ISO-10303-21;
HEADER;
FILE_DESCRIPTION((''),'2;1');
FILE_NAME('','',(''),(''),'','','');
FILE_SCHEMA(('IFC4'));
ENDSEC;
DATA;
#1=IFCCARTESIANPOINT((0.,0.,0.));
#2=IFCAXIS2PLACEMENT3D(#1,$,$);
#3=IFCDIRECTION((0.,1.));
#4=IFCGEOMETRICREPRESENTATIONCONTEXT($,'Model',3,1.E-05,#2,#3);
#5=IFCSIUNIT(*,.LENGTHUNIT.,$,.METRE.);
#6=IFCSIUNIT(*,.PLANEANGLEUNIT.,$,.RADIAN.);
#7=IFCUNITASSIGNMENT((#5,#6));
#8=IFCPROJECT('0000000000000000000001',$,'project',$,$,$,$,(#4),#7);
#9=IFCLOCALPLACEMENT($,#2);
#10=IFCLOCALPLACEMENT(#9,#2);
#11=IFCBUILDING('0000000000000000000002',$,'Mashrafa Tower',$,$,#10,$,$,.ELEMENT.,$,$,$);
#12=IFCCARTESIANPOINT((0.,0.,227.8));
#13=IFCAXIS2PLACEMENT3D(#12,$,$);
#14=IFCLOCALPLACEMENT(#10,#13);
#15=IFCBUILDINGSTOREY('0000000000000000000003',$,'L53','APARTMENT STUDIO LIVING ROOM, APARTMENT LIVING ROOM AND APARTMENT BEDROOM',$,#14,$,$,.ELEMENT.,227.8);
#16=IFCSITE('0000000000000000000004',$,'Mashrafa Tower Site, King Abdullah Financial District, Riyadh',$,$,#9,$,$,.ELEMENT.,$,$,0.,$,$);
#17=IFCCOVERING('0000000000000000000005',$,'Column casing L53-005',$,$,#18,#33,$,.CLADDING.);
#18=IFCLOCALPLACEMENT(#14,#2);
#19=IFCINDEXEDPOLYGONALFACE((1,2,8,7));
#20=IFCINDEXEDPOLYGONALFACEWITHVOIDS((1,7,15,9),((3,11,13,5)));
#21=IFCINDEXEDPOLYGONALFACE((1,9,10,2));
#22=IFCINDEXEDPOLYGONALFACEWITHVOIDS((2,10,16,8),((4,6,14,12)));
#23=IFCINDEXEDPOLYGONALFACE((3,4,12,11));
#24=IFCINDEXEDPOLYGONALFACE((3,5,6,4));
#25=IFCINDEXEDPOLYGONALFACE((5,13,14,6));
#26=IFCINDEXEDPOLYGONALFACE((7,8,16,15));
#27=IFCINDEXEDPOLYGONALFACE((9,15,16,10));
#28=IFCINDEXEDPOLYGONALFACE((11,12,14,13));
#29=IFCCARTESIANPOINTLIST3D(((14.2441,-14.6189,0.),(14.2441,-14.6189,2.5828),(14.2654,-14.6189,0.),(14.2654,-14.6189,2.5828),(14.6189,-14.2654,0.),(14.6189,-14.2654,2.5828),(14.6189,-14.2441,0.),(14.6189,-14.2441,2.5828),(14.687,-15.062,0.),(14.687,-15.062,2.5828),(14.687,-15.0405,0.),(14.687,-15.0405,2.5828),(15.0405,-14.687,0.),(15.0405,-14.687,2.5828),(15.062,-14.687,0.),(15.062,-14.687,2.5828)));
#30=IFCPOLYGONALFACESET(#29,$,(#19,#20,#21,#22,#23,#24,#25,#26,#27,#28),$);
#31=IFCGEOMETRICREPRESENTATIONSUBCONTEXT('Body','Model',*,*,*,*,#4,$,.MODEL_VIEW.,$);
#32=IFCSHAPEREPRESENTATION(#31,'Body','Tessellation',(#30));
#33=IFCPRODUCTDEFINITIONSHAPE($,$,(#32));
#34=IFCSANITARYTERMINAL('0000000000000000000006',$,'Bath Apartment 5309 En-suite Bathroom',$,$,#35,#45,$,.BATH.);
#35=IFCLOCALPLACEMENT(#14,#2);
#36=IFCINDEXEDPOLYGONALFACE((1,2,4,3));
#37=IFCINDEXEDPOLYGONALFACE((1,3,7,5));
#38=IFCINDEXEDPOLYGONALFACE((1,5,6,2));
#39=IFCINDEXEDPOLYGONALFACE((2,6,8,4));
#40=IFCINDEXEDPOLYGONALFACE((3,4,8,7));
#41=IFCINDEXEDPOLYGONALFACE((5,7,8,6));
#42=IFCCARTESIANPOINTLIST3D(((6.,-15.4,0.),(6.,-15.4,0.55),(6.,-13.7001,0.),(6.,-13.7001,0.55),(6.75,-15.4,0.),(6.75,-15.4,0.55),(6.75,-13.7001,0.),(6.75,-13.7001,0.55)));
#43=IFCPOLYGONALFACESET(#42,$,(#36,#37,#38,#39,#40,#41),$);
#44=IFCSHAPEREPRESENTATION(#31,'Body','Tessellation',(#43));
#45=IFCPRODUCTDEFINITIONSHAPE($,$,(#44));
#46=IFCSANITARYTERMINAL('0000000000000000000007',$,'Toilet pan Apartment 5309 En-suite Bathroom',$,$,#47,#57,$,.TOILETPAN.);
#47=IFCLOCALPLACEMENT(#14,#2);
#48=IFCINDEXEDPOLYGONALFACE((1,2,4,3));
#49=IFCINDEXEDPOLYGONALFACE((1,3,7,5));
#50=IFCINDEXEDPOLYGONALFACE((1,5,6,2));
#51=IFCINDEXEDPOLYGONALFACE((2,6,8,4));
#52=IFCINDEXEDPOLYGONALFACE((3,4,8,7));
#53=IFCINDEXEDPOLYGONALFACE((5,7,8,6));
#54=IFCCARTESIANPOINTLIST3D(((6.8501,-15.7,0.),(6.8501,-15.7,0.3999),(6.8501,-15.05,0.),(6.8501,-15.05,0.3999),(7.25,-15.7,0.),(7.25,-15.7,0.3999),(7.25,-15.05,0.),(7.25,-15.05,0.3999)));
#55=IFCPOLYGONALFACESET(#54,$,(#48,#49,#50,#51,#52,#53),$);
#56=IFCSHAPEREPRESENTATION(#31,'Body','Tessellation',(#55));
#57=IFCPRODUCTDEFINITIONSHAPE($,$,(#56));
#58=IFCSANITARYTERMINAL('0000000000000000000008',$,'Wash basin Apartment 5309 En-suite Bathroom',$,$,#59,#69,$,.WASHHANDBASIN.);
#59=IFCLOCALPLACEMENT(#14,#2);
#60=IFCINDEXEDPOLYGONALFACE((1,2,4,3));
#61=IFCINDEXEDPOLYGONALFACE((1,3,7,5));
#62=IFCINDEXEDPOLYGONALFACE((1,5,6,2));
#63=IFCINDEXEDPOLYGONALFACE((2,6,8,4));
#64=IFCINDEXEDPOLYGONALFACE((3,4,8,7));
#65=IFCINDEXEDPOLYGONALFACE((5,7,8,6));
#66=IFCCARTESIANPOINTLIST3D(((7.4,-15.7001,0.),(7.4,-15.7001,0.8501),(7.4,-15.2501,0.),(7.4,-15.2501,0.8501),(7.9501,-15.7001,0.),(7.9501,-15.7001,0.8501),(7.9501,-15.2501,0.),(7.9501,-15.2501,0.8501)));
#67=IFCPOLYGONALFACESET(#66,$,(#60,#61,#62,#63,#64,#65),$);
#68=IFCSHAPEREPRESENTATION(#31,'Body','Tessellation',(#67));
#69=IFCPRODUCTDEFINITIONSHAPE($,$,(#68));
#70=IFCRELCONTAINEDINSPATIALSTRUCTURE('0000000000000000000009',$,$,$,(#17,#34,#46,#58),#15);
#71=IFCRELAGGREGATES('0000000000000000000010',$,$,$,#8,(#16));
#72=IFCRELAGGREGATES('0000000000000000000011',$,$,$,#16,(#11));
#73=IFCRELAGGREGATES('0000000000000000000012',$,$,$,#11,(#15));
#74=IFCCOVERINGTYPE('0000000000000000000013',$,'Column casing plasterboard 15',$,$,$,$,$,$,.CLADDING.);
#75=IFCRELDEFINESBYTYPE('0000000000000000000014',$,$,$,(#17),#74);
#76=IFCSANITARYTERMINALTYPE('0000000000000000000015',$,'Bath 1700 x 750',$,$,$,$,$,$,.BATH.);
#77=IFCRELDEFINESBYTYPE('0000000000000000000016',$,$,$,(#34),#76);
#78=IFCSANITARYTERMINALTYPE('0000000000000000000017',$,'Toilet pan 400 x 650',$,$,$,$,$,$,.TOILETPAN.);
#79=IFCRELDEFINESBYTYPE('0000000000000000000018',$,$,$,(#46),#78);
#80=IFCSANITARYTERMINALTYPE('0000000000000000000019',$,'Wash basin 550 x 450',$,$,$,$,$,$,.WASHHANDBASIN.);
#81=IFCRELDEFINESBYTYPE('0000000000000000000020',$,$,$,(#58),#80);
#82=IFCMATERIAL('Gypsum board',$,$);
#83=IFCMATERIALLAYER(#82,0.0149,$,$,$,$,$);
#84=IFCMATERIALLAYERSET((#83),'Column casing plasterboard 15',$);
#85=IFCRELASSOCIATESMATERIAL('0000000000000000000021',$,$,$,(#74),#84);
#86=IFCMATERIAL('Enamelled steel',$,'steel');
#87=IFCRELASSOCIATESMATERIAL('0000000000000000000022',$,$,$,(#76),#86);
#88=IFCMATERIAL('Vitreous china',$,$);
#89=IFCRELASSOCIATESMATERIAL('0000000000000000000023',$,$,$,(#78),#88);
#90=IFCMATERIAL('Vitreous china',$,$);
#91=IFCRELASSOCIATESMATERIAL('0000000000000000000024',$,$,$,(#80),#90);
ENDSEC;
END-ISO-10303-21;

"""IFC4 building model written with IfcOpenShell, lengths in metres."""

from ifc_helpers import new_model, si_unit, direction, frame, origin, origin_2d, place, context, subcontext, project, spatial, polyline, rectangle, outline, extrude, material, layer, layer_set, type_object, element, save


model = new_model("IFC4")

# Units and contexts
model_context = context("Model", 3, precision=1e-05, world=origin(), true_north=direction((0.0, 1.0)))
body_context = subcontext(model_context, "Body", "Model", "MODEL_VIEW")
ifc_project = project(units=[si_unit("LENGTHUNIT", "METRE"), si_unit("PLANEANGLEUNIT", "RADIAN")], contexts=[model_context])

# Site, building, storey
site_placement = place(None, origin())
site = spatial("IfcSite", under=ifc_project, at=site_placement, Name="Mashrafa Tower Site, King Abdullah Financial District, Riyadh", CompositionType="ELEMENT", RefElevation=0.0)
building_placement = place(site_placement, origin())
building = spatial("IfcBuilding", under=site, at=building_placement, Name="Mashrafa Tower", CompositionType="ELEMENT")
storey_placement = place(building_placement, frame((0.0, 0.0, 227.8)))
storey = spatial("IfcBuildingStorey", under=building, at=storey_placement, Name="L53", Description="APARTMENT STUDIO LIVING ROOM, APARTMENT LIVING ROOM AND APARTMENT BEDROOM", CompositionType="ELEMENT", Elevation=227.8)

# Covering
ifc_material_1 = material(Name="Gypsum board")
ifc_layer_1 = layer(ifc_material_1, 0.0149)
ifc_layer_set_1 = layer_set([ifc_layer_1], Name="Column casing plasterboard 15")
covering_type = type_object("IfcCoveringType", Name="Column casing plasterboard 15", PredefinedType="CLADDING", material=ifc_layer_set_1)
covering_1_placement = place(storey_placement, origin())
element("IfcCovering", 1, at=covering_1_placement, inside=storey, type_object=covering_type, Name="Column casing L53-005", PredefinedType="CLADDING", context=body_context, shape_type="SweptSolid", body=[
    extrude(outline(polyline([(14.2441, -14.6189), (14.6189, -14.2441), (15.062, -14.687), (14.687, -15.062), (14.2441, -14.6189)]), holes=[polyline([(15.0405, -14.687), (14.6189, -14.2654), (14.2654, -14.6189), (14.687, -15.0405), (15.0405, -14.687)])]), origin(), (0.0, 0.0, 1.0), 2.5828),
])

# Sanitary terminals
ifc_material_2 = material(Name="Enamelled steel", Category="steel")
sanitary_terminal_type_1 = type_object("IfcSanitaryTerminalType", Name="Bath 1700 x 750", PredefinedType="BATH", material=ifc_material_2)
sanitary_terminal_1_placement = place(storey_placement, frame((6.375, -14.55, 0.0), z_axis=(0.0, 0.0, 1.0), x_axis=(0.0, -1.0, 0.0)))
element("IfcSanitaryTerminal", 2, at=sanitary_terminal_1_placement, inside=storey, type_object=sanitary_terminal_type_1, Name="Bath Apartment 5309 En-suite Bathroom", PredefinedType="BATH", context=body_context, shape_type="SweptSolid", body=[
    extrude(rectangle(XDim=1.7, YDim=0.75, at=origin_2d()), origin(), (0.0, 0.0, 1.0), 0.55),
])
ifc_material_3 = material(Name="Vitreous china")
sanitary_terminal_type_2 = type_object("IfcSanitaryTerminalType", Name="Toilet pan 400 x 650", PredefinedType="TOILETPAN", material=ifc_material_3)
sanitary_terminal_2_placement = place(storey_placement, frame((7.05, -15.375, 0.0), z_axis=(0.0, 0.0, 1.0), x_axis=(1.0, 0.0, 0.0)))
element("IfcSanitaryTerminal", 3, at=sanitary_terminal_2_placement, inside=storey, type_object=sanitary_terminal_type_2, Name="Toilet pan Apartment 5309 En-suite Bathroom", PredefinedType="TOILETPAN", context=body_context, shape_type="SweptSolid", body=[
    extrude(rectangle(XDim=0.3999, YDim=0.6499, at=origin_2d()), origin(), (0.0, 0.0, 1.0), 0.3999),
])
ifc_material_4 = material(Name="Vitreous china")
sanitary_terminal_type_3 = type_object("IfcSanitaryTerminalType", Name="Wash basin 550 x 450", PredefinedType="WASHHANDBASIN", material=ifc_material_4)
sanitary_terminal_3_placement = place(storey_placement, frame((7.675, -15.4751, 0.0), z_axis=(0.0, 0.0, 1.0), x_axis=(1.0, 0.0, 0.0)))
element("IfcSanitaryTerminal", 4, at=sanitary_terminal_3_placement, inside=storey, type_object=sanitary_terminal_type_3, Name="Wash basin Apartment 5309 En-suite Bathroom", PredefinedType="WASHHANDBASIN", context=body_context, shape_type="SweptSolid", body=[
    extrude(rectangle(XDim=0.55, YDim=0.45, at=origin_2d()), origin(), (0.0, 0.0, 1.0), 0.8501),
])

save(model, "model.ifc")
